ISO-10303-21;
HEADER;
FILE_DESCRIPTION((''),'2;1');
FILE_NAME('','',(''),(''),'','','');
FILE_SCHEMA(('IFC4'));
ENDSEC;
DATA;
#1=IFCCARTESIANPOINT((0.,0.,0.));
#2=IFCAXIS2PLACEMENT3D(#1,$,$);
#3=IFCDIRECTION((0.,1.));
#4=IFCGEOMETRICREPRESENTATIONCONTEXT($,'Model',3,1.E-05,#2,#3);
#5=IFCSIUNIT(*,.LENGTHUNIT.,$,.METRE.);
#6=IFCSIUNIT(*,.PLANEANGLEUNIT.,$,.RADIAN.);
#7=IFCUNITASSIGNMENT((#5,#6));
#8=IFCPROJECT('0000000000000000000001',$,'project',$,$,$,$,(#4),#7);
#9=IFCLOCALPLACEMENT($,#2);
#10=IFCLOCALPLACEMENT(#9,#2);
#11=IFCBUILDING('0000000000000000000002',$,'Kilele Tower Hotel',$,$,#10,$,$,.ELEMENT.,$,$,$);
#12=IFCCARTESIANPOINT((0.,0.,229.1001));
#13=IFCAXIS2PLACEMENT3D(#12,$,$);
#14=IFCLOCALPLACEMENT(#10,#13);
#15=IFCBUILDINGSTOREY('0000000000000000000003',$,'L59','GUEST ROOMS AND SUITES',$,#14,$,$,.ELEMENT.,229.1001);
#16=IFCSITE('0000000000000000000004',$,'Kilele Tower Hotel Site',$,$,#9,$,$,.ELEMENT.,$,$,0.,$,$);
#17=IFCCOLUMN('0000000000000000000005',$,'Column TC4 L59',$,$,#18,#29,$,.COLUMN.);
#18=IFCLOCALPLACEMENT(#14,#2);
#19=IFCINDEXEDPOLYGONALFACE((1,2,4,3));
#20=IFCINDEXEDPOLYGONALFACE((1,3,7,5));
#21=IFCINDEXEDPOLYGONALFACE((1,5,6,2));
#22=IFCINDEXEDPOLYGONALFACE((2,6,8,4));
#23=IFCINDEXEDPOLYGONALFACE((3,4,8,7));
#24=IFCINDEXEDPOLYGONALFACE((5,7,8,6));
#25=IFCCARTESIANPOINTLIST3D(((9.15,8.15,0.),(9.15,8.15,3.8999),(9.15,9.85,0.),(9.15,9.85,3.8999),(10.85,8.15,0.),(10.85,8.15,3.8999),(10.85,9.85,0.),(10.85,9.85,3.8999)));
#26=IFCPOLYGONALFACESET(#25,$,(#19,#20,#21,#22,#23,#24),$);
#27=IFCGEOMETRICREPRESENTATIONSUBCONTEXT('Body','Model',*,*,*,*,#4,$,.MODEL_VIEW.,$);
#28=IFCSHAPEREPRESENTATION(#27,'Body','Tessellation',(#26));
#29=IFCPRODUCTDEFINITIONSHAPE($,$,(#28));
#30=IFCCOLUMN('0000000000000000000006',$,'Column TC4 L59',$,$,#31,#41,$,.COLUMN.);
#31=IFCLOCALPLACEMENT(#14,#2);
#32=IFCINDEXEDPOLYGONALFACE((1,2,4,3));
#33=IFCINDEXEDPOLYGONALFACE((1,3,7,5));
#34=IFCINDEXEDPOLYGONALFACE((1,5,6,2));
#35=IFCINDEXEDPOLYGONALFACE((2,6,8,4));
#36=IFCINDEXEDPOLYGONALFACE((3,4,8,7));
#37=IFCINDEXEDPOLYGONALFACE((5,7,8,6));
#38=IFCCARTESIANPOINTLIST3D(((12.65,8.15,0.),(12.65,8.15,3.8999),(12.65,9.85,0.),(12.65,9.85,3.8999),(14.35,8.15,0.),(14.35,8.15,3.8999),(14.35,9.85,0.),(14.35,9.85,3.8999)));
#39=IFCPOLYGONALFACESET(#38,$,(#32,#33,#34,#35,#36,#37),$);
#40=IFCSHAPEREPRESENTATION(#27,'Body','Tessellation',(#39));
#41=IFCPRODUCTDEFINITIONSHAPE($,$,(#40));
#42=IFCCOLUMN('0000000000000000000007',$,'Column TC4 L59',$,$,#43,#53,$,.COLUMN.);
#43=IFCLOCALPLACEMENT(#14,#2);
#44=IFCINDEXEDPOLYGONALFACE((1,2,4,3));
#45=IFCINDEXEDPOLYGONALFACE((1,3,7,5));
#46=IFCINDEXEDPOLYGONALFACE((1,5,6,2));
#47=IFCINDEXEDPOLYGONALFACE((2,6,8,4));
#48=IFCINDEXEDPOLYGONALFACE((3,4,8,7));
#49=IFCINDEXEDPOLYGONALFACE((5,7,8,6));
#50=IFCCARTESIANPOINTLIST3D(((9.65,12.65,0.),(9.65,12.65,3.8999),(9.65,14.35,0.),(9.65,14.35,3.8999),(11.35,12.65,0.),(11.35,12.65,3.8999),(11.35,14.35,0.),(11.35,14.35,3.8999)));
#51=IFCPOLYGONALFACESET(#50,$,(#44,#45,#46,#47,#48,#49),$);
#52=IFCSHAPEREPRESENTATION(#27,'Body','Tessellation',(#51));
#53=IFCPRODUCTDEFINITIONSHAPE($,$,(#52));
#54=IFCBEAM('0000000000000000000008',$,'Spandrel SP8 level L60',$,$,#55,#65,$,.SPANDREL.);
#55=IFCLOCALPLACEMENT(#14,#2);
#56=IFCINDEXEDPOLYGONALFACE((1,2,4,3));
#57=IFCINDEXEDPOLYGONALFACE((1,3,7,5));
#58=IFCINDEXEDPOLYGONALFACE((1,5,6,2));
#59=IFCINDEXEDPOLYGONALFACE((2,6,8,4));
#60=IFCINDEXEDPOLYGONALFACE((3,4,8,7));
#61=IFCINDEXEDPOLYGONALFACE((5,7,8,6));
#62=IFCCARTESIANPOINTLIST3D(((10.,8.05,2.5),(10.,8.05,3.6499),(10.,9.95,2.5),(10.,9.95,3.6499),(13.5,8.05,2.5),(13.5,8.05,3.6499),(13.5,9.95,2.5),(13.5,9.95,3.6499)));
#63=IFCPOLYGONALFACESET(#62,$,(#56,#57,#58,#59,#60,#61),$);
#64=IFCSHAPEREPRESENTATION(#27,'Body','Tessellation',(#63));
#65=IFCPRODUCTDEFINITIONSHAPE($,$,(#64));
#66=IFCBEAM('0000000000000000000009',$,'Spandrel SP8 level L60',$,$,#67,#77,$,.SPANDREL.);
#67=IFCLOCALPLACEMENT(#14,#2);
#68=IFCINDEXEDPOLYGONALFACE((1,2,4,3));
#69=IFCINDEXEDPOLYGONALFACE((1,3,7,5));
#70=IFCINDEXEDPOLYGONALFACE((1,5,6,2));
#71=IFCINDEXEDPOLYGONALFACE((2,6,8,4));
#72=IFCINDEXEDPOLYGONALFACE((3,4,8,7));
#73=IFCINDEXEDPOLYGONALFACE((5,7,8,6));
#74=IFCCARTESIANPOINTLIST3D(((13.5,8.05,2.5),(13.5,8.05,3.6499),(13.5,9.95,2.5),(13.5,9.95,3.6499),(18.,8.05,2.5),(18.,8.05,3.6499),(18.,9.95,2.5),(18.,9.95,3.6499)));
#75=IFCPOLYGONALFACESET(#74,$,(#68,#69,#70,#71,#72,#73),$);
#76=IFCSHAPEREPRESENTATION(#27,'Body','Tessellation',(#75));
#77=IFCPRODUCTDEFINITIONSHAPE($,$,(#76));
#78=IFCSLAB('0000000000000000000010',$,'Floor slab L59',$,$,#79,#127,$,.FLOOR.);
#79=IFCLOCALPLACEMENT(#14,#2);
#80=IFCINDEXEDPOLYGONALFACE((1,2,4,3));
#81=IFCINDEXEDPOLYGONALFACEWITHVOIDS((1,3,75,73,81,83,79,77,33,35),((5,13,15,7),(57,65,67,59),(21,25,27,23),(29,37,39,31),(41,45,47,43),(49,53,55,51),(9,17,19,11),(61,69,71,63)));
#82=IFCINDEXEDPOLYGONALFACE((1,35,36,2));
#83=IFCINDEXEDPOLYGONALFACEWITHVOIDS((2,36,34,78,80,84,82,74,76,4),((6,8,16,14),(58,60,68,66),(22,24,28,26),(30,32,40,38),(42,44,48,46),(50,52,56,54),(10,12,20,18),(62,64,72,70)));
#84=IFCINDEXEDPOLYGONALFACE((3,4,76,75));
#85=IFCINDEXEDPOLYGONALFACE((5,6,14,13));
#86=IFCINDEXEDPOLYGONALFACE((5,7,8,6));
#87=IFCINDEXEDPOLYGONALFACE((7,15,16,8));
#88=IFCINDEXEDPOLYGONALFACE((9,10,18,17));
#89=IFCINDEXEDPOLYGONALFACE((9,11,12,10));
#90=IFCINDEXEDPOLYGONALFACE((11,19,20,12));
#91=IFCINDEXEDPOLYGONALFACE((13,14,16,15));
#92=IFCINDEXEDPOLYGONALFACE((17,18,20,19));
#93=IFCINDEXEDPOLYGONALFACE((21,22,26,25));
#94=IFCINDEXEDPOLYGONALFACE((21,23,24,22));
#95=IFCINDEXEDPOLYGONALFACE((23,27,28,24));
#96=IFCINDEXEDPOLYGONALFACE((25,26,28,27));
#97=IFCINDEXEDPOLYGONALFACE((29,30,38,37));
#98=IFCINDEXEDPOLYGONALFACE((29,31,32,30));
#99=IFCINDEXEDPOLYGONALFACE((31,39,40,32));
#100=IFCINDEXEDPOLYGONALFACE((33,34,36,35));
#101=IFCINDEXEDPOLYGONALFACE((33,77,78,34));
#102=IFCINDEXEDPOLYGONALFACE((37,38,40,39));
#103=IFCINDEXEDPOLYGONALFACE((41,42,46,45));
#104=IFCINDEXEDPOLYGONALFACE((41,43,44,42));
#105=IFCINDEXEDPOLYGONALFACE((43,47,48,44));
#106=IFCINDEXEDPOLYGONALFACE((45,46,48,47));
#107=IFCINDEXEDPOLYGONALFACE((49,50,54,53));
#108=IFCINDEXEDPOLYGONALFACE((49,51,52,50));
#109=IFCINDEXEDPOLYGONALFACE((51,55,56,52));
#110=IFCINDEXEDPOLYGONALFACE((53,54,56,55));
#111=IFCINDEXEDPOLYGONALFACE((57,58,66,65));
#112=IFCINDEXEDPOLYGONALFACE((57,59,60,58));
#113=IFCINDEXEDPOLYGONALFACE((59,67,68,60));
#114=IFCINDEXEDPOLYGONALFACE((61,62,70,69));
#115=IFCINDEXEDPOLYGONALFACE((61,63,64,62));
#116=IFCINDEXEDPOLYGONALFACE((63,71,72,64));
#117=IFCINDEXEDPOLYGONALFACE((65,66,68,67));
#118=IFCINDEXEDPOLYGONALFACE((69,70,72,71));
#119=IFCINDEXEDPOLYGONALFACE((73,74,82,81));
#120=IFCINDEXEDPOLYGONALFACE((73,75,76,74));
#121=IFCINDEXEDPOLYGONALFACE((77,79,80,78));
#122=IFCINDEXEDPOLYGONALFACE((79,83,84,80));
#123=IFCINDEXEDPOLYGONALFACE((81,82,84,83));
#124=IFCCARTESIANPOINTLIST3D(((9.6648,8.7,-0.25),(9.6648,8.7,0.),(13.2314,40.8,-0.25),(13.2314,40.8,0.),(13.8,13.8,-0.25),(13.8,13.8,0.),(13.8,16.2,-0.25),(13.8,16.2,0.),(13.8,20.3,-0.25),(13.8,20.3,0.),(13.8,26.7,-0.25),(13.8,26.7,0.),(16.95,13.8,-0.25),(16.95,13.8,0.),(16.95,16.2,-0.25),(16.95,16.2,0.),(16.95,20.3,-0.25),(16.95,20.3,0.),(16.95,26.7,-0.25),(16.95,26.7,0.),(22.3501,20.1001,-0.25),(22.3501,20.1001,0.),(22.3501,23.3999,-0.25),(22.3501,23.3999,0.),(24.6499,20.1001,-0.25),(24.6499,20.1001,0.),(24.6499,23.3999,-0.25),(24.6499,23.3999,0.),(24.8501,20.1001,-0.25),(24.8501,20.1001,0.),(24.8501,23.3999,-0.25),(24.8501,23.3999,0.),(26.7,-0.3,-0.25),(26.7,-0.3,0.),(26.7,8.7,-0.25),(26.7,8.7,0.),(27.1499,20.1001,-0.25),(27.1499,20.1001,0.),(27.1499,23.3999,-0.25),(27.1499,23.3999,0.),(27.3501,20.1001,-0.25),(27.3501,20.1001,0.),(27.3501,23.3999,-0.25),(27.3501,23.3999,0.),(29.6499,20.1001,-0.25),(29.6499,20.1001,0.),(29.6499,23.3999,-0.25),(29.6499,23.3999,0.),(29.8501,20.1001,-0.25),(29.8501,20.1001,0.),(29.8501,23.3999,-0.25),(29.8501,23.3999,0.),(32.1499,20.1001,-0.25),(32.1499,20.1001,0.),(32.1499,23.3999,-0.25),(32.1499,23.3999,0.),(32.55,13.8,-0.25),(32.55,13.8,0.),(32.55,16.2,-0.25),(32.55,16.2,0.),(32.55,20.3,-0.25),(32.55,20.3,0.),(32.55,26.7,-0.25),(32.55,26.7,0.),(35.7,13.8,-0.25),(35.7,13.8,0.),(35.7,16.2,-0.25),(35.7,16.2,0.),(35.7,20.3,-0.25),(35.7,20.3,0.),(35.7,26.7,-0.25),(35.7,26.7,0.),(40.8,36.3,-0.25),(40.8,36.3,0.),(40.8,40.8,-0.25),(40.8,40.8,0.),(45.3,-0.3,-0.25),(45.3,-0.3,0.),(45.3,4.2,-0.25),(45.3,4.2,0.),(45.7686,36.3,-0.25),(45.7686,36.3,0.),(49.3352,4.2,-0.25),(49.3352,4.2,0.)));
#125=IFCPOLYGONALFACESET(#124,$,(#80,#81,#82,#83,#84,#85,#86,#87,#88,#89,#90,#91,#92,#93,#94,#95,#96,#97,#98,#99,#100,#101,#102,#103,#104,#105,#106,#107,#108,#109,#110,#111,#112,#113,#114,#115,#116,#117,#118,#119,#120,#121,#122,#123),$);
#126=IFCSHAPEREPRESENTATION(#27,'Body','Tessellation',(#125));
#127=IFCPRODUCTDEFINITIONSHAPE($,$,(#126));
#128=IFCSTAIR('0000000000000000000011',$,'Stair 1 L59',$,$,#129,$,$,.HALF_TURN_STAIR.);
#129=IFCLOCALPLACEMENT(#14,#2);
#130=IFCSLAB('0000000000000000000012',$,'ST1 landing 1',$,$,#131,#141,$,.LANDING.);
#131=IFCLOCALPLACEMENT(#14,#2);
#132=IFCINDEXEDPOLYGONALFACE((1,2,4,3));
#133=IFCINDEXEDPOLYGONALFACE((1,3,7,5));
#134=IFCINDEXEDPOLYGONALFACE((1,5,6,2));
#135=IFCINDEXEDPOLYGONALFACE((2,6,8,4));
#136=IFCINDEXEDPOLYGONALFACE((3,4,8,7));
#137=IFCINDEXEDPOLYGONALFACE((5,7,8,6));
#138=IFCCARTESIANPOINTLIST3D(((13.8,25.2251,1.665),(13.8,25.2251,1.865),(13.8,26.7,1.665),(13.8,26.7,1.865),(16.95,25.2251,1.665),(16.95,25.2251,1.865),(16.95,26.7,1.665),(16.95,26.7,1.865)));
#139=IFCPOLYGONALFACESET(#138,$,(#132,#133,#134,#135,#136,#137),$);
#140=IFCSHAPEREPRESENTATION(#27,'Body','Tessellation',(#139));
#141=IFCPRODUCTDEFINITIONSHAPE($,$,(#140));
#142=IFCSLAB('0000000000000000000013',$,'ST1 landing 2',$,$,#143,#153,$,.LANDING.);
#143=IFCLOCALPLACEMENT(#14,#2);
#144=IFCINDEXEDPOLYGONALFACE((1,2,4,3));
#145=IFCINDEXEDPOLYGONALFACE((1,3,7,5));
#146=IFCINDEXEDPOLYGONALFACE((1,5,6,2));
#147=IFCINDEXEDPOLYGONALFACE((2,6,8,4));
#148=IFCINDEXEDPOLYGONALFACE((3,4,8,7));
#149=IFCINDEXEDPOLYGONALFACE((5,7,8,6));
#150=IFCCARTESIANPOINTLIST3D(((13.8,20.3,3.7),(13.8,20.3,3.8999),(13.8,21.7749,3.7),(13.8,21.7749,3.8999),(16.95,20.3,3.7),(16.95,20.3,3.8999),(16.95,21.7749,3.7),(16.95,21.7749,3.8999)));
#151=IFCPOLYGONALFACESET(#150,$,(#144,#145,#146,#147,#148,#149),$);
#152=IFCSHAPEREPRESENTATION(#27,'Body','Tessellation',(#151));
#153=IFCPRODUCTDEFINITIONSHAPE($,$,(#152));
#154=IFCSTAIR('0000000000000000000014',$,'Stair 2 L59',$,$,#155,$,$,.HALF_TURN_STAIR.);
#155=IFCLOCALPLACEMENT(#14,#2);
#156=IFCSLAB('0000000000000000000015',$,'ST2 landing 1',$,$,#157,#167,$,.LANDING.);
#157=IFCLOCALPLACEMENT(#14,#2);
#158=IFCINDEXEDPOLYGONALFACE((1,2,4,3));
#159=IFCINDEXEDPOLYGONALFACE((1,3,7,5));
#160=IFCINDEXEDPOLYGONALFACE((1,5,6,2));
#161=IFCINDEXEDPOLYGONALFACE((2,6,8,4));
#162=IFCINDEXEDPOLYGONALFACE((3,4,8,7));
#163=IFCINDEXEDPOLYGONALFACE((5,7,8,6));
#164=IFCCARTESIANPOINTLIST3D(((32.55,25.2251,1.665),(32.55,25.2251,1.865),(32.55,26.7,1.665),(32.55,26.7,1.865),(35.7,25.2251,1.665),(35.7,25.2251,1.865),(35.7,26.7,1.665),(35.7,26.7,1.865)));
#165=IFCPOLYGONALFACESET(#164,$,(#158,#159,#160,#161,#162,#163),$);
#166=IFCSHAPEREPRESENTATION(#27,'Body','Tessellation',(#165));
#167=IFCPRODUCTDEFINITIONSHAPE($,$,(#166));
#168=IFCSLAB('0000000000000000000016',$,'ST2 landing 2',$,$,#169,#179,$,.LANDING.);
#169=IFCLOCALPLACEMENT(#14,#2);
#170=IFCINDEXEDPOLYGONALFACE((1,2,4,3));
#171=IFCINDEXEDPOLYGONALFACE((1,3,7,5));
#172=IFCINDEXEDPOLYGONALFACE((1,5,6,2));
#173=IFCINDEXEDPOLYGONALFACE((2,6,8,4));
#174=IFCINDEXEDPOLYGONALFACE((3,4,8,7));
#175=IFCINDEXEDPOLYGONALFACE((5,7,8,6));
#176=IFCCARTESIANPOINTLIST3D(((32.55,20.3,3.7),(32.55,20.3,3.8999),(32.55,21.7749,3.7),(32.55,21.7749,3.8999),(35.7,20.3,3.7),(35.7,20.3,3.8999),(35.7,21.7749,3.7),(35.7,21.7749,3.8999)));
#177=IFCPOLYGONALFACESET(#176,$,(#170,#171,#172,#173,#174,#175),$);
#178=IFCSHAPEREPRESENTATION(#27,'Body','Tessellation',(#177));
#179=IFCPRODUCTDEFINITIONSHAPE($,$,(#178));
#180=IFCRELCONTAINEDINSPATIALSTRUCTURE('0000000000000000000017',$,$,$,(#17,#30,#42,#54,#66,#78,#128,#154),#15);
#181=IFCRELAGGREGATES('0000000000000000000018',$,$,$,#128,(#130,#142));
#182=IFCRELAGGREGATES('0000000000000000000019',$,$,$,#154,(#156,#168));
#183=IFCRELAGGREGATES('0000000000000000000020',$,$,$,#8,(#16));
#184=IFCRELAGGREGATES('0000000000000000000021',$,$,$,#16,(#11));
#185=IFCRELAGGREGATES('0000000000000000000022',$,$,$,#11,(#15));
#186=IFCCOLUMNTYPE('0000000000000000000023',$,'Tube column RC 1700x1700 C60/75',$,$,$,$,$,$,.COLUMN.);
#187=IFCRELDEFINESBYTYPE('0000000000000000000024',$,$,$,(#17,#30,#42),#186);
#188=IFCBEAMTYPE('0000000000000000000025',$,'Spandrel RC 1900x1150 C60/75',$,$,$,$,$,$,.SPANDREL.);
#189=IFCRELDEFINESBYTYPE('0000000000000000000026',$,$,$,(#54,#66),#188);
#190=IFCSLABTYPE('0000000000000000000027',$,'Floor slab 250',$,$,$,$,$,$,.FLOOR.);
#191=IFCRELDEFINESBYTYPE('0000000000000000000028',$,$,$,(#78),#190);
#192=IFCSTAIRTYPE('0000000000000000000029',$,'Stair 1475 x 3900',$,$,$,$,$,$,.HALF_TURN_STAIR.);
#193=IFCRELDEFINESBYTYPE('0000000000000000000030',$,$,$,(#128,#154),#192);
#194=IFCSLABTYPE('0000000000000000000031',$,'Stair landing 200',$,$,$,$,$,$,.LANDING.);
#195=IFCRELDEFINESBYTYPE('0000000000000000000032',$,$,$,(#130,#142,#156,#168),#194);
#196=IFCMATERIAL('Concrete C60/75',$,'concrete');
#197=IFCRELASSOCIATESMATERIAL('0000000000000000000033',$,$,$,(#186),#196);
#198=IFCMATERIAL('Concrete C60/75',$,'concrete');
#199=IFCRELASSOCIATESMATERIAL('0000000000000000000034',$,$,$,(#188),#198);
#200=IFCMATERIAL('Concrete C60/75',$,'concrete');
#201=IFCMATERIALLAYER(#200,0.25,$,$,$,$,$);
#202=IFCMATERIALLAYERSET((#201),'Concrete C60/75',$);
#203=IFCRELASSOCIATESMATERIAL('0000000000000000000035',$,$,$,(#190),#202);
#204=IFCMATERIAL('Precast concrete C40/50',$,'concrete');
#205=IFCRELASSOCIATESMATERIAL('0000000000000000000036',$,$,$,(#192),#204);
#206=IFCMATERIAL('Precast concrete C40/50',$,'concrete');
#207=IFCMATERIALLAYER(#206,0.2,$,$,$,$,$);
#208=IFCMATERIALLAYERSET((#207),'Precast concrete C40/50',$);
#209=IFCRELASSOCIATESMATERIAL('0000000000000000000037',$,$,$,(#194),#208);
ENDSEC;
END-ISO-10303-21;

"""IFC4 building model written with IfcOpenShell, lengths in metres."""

from ifc_helpers import new_model, si_unit, direction, frame, origin, origin_2d, place, context, subcontext, project, spatial, polyline, rectangle, outline, extrude, material, layer, layer_set, material_profile, profile_set, type_object, element, aggregate, save


model = new_model("IFC4")

# Units and contexts
model_context = context("Model", 3, precision=1e-05, world=origin(), true_north=direction((0.0, 1.0)))
body_context = subcontext(model_context, "Body", "Model", "MODEL_VIEW")
ifc_project = project(units=[si_unit("LENGTHUNIT", "METRE"), si_unit("PLANEANGLEUNIT", "RADIAN")], contexts=[model_context])

# Site, building, storey
site_placement = place(None, origin())
site = spatial("IfcSite", under=ifc_project, at=site_placement, Name="Kilele Tower Hotel Site", CompositionType="ELEMENT", RefElevation=0.0)
building_placement = place(site_placement, origin())
building = spatial("IfcBuilding", under=site, at=building_placement, Name="Kilele Tower Hotel", CompositionType="ELEMENT")
storey_placement = place(building_placement, frame((0.0, 0.0, 229.1001)))
storey = spatial("IfcBuildingStorey", under=building, at=storey_placement, Name="L59", Description="GUEST ROOMS AND SUITES", CompositionType="ELEMENT", Elevation=229.1001)

# Columns
ifc_material_1 = material(Name="Concrete C60/75", Category="concrete")
ifc_material_profile_1 = material_profile(ifc_material_1, rectangle(XDim=1.7, YDim=1.7, at=origin_2d()))
ifc_profile_set_1 = profile_set([ifc_material_profile_1], Name="Concrete C60/75")
column_type = type_object("IfcColumnType", Name="Tube column RC 1700x1700 C60/75", PredefinedType="COLUMN", material=ifc_profile_set_1)
for number, where, z_axis, x_axis, name in (
    (1, (10.0, 9.0, 0.0), (0.0, 0.0, 1.0), (1.0, 0.0, 0.0), "Column TC4 L59"),
    (2, (13.5, 9.0, 0.0), (0.0, 0.0, 1.0), (1.0, 0.0, 0.0), "Column TC4 L59"),
    (3, (10.5, 13.5, 0.0), (0.0, 0.0, 1.0), (1.0, 0.0, 0.0), "Column TC4 L59"),
):
    element("IfcColumn", number, at=place(storey_placement, frame(where, z_axis=z_axis, x_axis=x_axis)), inside=storey, type_object=column_type, Name=name, PredefinedType="COLUMN", context=body_context, shape_type="SweptSolid", body=[
        extrude(rectangle(XDim=1.7, YDim=1.7, at=origin_2d()), origin(), (0.0, 0.0, 1.0), 3.8999),
    ])

# Beams
ifc_material_2 = material(Name="Concrete C60/75", Category="concrete")
ifc_material_profile_2 = material_profile(ifc_material_2, rectangle(XDim=1.8999, YDim=1.1499, at=origin_2d()))
ifc_profile_set_2 = profile_set([ifc_material_profile_2], Name="Concrete C60/75")
beam_type = type_object("IfcBeamType", Name="Spandrel RC 1900x1150 C60/75", PredefinedType="SPANDREL", material=ifc_profile_set_2)
beam_1_placement = place(storey_placement, frame((10.0, 9.0, 3.075), z_axis=(1.0, 0.0, 0.0), x_axis=(0.0, 1.0, 0.0)))
element("IfcBeam", 4, at=beam_1_placement, inside=storey, type_object=beam_type, Name="Spandrel SP8 level L60", PredefinedType="SPANDREL", context=body_context, shape_type="SweptSolid", body=[
    extrude(rectangle(XDim=1.8999, YDim=1.1499, at=origin_2d()), origin(), (0.0, 0.0, 1.0), 3.5),
])
beam_2_placement = place(storey_placement, frame((13.5, 9.0, 3.075), z_axis=(1.0, 0.0, 0.0), x_axis=(0.0, 1.0, 0.0)))
element("IfcBeam", 5, at=beam_2_placement, inside=storey, type_object=beam_type, Name="Spandrel SP8 level L60", PredefinedType="SPANDREL", context=body_context, shape_type="SweptSolid", body=[
    extrude(rectangle(XDim=1.8999, YDim=1.1499, at=origin_2d()), origin(), (0.0, 0.0, 1.0), 4.5),
])

# Slab
ifc_material_3 = material(Name="Concrete C60/75", Category="concrete")
ifc_layer_1 = layer(ifc_material_3, 0.25)
ifc_layer_set_1 = layer_set([ifc_layer_1], Name="Concrete C60/75")
slab_type_1 = type_object("IfcSlabType", Name="Floor slab 250", PredefinedType="FLOOR", material=ifc_layer_set_1)
slab_1_placement = place(storey_placement, frame((0.0, 0.0, -0.25)))
element("IfcSlab", 6, at=slab_1_placement, inside=storey, type_object=slab_type_1, Name="Floor slab L59", PredefinedType="FLOOR", context=body_context, shape_type="SweptSolid", body=[
    extrude(outline(polyline([(40.8, 40.8), (40.8, 36.3), (45.7686, 36.3), (49.3352, 4.2), (45.3, 4.2), (45.3, -0.3), (26.7, -0.3), (26.7, 8.7), (9.6648, 8.7), (13.2314, 40.8), (40.8, 40.8)]), holes=[polyline([(16.95, 16.2), (13.8, 16.2), (13.8, 13.8), (16.95, 13.8), (16.95, 16.2)]), polyline([(35.7, 16.2), (32.55, 16.2), (32.55, 13.8), (35.7, 13.8), (35.7, 16.2)]), polyline([(24.6499, 23.3999), (22.3501, 23.3999), (22.3501, 20.1001), (24.6499, 20.1001), (24.6499, 23.3999)]), polyline([(27.1499, 23.3999), (24.8501, 23.3999), (24.8501, 20.1001), (27.1499, 20.1001), (27.1499, 23.3999)]), polyline([(29.6499, 23.3999), (27.3501, 23.3999), (27.3501, 20.1001), (29.6499, 20.1001), (29.6499, 23.3999)]), polyline([(32.1499, 23.3999), (29.8501, 23.3999), (29.8501, 20.1001), (32.1499, 20.1001), (32.1499, 23.3999)]), polyline([(16.95, 26.7), (13.8, 26.7), (13.8, 20.3), (16.95, 20.3), (16.95, 26.7)]), polyline([(35.7, 26.7), (32.55, 26.7), (32.55, 20.3), (35.7, 20.3), (35.7, 26.7)])]), origin(), (0.0, 0.0, 1.0), 0.25),
])

# Stairs, slabs
ifc_material_4 = material(Name="Precast concrete C40/50", Category="concrete")
stair_type = type_object("IfcStairType", Name="Stair 1475 x 3900", PredefinedType="HALF_TURN_STAIR", material=ifc_material_4)
stair_1_placement = place(storey_placement, origin())
stair_1 = element("IfcStair", 7, at=stair_1_placement, inside=storey, type_object=stair_type, Name="Stair 1 L59", PredefinedType="HALF_TURN_STAIR")
ifc_material_5 = material(Name="Precast concrete C40/50", Category="concrete")
ifc_layer_2 = layer(ifc_material_5, 0.2)
ifc_layer_set_2 = layer_set([ifc_layer_2], Name="Precast concrete C40/50")
slab_type_2 = type_object("IfcSlabType", Name="Stair landing 200", PredefinedType="LANDING", material=ifc_layer_set_2)
slab_2_placement = place(storey_placement, frame((0.0, 0.0, 1.665)))
slab_2 = element("IfcSlab", 8, at=slab_2_placement, type_object=slab_type_2, Name="ST1 landing 1", PredefinedType="LANDING", context=body_context, shape_type="SweptSolid", body=[
    extrude(outline(polyline([(13.8, 25.2251), (16.95, 25.2251), (16.95, 26.7), (13.8, 26.7), (13.8, 25.2251)])), origin(), (0.0, 0.0, 1.0), 0.2),
])
slab_3_placement = place(storey_placement, frame((0.0, 0.0, 3.7)))
slab_3 = element("IfcSlab", 9, at=slab_3_placement, type_object=slab_type_2, Name="ST1 landing 2", PredefinedType="LANDING", context=body_context, shape_type="SweptSolid", body=[
    extrude(outline(polyline([(13.8, 20.3), (16.95, 20.3), (16.95, 21.7749), (13.8, 21.7749), (13.8, 20.3)])), origin(), (0.0, 0.0, 1.0), 0.2),
])
aggregate(stair_1, [slab_2, slab_3])
stair_2_placement = place(storey_placement, origin())
stair_2 = element("IfcStair", 10, at=stair_2_placement, inside=storey, type_object=stair_type, Name="Stair 2 L59", PredefinedType="HALF_TURN_STAIR")
slab_4_placement = place(storey_placement, frame((0.0, 0.0, 1.665)))
slab_4 = element("IfcSlab", 11, at=slab_4_placement, type_object=slab_type_2, Name="ST2 landing 1", PredefinedType="LANDING", context=body_context, shape_type="SweptSolid", body=[
    extrude(outline(polyline([(32.55, 25.2251), (35.7, 25.2251), (35.7, 26.7), (32.55, 26.7), (32.55, 25.2251)])), origin(), (0.0, 0.0, 1.0), 0.2),
])
slab_5_placement = place(storey_placement, frame((0.0, 0.0, 3.7)))
slab_5 = element("IfcSlab", 12, at=slab_5_placement, type_object=slab_type_2, Name="ST2 landing 2", PredefinedType="LANDING", context=body_context, shape_type="SweptSolid", body=[
    extrude(outline(polyline([(32.55, 20.3), (35.7, 20.3), (35.7, 21.7749), (32.55, 21.7749), (32.55, 20.3)])), origin(), (0.0, 0.0, 1.0), 0.2),
])
aggregate(stair_2, [slab_4, slab_5])

save(model, "model.ifc")
